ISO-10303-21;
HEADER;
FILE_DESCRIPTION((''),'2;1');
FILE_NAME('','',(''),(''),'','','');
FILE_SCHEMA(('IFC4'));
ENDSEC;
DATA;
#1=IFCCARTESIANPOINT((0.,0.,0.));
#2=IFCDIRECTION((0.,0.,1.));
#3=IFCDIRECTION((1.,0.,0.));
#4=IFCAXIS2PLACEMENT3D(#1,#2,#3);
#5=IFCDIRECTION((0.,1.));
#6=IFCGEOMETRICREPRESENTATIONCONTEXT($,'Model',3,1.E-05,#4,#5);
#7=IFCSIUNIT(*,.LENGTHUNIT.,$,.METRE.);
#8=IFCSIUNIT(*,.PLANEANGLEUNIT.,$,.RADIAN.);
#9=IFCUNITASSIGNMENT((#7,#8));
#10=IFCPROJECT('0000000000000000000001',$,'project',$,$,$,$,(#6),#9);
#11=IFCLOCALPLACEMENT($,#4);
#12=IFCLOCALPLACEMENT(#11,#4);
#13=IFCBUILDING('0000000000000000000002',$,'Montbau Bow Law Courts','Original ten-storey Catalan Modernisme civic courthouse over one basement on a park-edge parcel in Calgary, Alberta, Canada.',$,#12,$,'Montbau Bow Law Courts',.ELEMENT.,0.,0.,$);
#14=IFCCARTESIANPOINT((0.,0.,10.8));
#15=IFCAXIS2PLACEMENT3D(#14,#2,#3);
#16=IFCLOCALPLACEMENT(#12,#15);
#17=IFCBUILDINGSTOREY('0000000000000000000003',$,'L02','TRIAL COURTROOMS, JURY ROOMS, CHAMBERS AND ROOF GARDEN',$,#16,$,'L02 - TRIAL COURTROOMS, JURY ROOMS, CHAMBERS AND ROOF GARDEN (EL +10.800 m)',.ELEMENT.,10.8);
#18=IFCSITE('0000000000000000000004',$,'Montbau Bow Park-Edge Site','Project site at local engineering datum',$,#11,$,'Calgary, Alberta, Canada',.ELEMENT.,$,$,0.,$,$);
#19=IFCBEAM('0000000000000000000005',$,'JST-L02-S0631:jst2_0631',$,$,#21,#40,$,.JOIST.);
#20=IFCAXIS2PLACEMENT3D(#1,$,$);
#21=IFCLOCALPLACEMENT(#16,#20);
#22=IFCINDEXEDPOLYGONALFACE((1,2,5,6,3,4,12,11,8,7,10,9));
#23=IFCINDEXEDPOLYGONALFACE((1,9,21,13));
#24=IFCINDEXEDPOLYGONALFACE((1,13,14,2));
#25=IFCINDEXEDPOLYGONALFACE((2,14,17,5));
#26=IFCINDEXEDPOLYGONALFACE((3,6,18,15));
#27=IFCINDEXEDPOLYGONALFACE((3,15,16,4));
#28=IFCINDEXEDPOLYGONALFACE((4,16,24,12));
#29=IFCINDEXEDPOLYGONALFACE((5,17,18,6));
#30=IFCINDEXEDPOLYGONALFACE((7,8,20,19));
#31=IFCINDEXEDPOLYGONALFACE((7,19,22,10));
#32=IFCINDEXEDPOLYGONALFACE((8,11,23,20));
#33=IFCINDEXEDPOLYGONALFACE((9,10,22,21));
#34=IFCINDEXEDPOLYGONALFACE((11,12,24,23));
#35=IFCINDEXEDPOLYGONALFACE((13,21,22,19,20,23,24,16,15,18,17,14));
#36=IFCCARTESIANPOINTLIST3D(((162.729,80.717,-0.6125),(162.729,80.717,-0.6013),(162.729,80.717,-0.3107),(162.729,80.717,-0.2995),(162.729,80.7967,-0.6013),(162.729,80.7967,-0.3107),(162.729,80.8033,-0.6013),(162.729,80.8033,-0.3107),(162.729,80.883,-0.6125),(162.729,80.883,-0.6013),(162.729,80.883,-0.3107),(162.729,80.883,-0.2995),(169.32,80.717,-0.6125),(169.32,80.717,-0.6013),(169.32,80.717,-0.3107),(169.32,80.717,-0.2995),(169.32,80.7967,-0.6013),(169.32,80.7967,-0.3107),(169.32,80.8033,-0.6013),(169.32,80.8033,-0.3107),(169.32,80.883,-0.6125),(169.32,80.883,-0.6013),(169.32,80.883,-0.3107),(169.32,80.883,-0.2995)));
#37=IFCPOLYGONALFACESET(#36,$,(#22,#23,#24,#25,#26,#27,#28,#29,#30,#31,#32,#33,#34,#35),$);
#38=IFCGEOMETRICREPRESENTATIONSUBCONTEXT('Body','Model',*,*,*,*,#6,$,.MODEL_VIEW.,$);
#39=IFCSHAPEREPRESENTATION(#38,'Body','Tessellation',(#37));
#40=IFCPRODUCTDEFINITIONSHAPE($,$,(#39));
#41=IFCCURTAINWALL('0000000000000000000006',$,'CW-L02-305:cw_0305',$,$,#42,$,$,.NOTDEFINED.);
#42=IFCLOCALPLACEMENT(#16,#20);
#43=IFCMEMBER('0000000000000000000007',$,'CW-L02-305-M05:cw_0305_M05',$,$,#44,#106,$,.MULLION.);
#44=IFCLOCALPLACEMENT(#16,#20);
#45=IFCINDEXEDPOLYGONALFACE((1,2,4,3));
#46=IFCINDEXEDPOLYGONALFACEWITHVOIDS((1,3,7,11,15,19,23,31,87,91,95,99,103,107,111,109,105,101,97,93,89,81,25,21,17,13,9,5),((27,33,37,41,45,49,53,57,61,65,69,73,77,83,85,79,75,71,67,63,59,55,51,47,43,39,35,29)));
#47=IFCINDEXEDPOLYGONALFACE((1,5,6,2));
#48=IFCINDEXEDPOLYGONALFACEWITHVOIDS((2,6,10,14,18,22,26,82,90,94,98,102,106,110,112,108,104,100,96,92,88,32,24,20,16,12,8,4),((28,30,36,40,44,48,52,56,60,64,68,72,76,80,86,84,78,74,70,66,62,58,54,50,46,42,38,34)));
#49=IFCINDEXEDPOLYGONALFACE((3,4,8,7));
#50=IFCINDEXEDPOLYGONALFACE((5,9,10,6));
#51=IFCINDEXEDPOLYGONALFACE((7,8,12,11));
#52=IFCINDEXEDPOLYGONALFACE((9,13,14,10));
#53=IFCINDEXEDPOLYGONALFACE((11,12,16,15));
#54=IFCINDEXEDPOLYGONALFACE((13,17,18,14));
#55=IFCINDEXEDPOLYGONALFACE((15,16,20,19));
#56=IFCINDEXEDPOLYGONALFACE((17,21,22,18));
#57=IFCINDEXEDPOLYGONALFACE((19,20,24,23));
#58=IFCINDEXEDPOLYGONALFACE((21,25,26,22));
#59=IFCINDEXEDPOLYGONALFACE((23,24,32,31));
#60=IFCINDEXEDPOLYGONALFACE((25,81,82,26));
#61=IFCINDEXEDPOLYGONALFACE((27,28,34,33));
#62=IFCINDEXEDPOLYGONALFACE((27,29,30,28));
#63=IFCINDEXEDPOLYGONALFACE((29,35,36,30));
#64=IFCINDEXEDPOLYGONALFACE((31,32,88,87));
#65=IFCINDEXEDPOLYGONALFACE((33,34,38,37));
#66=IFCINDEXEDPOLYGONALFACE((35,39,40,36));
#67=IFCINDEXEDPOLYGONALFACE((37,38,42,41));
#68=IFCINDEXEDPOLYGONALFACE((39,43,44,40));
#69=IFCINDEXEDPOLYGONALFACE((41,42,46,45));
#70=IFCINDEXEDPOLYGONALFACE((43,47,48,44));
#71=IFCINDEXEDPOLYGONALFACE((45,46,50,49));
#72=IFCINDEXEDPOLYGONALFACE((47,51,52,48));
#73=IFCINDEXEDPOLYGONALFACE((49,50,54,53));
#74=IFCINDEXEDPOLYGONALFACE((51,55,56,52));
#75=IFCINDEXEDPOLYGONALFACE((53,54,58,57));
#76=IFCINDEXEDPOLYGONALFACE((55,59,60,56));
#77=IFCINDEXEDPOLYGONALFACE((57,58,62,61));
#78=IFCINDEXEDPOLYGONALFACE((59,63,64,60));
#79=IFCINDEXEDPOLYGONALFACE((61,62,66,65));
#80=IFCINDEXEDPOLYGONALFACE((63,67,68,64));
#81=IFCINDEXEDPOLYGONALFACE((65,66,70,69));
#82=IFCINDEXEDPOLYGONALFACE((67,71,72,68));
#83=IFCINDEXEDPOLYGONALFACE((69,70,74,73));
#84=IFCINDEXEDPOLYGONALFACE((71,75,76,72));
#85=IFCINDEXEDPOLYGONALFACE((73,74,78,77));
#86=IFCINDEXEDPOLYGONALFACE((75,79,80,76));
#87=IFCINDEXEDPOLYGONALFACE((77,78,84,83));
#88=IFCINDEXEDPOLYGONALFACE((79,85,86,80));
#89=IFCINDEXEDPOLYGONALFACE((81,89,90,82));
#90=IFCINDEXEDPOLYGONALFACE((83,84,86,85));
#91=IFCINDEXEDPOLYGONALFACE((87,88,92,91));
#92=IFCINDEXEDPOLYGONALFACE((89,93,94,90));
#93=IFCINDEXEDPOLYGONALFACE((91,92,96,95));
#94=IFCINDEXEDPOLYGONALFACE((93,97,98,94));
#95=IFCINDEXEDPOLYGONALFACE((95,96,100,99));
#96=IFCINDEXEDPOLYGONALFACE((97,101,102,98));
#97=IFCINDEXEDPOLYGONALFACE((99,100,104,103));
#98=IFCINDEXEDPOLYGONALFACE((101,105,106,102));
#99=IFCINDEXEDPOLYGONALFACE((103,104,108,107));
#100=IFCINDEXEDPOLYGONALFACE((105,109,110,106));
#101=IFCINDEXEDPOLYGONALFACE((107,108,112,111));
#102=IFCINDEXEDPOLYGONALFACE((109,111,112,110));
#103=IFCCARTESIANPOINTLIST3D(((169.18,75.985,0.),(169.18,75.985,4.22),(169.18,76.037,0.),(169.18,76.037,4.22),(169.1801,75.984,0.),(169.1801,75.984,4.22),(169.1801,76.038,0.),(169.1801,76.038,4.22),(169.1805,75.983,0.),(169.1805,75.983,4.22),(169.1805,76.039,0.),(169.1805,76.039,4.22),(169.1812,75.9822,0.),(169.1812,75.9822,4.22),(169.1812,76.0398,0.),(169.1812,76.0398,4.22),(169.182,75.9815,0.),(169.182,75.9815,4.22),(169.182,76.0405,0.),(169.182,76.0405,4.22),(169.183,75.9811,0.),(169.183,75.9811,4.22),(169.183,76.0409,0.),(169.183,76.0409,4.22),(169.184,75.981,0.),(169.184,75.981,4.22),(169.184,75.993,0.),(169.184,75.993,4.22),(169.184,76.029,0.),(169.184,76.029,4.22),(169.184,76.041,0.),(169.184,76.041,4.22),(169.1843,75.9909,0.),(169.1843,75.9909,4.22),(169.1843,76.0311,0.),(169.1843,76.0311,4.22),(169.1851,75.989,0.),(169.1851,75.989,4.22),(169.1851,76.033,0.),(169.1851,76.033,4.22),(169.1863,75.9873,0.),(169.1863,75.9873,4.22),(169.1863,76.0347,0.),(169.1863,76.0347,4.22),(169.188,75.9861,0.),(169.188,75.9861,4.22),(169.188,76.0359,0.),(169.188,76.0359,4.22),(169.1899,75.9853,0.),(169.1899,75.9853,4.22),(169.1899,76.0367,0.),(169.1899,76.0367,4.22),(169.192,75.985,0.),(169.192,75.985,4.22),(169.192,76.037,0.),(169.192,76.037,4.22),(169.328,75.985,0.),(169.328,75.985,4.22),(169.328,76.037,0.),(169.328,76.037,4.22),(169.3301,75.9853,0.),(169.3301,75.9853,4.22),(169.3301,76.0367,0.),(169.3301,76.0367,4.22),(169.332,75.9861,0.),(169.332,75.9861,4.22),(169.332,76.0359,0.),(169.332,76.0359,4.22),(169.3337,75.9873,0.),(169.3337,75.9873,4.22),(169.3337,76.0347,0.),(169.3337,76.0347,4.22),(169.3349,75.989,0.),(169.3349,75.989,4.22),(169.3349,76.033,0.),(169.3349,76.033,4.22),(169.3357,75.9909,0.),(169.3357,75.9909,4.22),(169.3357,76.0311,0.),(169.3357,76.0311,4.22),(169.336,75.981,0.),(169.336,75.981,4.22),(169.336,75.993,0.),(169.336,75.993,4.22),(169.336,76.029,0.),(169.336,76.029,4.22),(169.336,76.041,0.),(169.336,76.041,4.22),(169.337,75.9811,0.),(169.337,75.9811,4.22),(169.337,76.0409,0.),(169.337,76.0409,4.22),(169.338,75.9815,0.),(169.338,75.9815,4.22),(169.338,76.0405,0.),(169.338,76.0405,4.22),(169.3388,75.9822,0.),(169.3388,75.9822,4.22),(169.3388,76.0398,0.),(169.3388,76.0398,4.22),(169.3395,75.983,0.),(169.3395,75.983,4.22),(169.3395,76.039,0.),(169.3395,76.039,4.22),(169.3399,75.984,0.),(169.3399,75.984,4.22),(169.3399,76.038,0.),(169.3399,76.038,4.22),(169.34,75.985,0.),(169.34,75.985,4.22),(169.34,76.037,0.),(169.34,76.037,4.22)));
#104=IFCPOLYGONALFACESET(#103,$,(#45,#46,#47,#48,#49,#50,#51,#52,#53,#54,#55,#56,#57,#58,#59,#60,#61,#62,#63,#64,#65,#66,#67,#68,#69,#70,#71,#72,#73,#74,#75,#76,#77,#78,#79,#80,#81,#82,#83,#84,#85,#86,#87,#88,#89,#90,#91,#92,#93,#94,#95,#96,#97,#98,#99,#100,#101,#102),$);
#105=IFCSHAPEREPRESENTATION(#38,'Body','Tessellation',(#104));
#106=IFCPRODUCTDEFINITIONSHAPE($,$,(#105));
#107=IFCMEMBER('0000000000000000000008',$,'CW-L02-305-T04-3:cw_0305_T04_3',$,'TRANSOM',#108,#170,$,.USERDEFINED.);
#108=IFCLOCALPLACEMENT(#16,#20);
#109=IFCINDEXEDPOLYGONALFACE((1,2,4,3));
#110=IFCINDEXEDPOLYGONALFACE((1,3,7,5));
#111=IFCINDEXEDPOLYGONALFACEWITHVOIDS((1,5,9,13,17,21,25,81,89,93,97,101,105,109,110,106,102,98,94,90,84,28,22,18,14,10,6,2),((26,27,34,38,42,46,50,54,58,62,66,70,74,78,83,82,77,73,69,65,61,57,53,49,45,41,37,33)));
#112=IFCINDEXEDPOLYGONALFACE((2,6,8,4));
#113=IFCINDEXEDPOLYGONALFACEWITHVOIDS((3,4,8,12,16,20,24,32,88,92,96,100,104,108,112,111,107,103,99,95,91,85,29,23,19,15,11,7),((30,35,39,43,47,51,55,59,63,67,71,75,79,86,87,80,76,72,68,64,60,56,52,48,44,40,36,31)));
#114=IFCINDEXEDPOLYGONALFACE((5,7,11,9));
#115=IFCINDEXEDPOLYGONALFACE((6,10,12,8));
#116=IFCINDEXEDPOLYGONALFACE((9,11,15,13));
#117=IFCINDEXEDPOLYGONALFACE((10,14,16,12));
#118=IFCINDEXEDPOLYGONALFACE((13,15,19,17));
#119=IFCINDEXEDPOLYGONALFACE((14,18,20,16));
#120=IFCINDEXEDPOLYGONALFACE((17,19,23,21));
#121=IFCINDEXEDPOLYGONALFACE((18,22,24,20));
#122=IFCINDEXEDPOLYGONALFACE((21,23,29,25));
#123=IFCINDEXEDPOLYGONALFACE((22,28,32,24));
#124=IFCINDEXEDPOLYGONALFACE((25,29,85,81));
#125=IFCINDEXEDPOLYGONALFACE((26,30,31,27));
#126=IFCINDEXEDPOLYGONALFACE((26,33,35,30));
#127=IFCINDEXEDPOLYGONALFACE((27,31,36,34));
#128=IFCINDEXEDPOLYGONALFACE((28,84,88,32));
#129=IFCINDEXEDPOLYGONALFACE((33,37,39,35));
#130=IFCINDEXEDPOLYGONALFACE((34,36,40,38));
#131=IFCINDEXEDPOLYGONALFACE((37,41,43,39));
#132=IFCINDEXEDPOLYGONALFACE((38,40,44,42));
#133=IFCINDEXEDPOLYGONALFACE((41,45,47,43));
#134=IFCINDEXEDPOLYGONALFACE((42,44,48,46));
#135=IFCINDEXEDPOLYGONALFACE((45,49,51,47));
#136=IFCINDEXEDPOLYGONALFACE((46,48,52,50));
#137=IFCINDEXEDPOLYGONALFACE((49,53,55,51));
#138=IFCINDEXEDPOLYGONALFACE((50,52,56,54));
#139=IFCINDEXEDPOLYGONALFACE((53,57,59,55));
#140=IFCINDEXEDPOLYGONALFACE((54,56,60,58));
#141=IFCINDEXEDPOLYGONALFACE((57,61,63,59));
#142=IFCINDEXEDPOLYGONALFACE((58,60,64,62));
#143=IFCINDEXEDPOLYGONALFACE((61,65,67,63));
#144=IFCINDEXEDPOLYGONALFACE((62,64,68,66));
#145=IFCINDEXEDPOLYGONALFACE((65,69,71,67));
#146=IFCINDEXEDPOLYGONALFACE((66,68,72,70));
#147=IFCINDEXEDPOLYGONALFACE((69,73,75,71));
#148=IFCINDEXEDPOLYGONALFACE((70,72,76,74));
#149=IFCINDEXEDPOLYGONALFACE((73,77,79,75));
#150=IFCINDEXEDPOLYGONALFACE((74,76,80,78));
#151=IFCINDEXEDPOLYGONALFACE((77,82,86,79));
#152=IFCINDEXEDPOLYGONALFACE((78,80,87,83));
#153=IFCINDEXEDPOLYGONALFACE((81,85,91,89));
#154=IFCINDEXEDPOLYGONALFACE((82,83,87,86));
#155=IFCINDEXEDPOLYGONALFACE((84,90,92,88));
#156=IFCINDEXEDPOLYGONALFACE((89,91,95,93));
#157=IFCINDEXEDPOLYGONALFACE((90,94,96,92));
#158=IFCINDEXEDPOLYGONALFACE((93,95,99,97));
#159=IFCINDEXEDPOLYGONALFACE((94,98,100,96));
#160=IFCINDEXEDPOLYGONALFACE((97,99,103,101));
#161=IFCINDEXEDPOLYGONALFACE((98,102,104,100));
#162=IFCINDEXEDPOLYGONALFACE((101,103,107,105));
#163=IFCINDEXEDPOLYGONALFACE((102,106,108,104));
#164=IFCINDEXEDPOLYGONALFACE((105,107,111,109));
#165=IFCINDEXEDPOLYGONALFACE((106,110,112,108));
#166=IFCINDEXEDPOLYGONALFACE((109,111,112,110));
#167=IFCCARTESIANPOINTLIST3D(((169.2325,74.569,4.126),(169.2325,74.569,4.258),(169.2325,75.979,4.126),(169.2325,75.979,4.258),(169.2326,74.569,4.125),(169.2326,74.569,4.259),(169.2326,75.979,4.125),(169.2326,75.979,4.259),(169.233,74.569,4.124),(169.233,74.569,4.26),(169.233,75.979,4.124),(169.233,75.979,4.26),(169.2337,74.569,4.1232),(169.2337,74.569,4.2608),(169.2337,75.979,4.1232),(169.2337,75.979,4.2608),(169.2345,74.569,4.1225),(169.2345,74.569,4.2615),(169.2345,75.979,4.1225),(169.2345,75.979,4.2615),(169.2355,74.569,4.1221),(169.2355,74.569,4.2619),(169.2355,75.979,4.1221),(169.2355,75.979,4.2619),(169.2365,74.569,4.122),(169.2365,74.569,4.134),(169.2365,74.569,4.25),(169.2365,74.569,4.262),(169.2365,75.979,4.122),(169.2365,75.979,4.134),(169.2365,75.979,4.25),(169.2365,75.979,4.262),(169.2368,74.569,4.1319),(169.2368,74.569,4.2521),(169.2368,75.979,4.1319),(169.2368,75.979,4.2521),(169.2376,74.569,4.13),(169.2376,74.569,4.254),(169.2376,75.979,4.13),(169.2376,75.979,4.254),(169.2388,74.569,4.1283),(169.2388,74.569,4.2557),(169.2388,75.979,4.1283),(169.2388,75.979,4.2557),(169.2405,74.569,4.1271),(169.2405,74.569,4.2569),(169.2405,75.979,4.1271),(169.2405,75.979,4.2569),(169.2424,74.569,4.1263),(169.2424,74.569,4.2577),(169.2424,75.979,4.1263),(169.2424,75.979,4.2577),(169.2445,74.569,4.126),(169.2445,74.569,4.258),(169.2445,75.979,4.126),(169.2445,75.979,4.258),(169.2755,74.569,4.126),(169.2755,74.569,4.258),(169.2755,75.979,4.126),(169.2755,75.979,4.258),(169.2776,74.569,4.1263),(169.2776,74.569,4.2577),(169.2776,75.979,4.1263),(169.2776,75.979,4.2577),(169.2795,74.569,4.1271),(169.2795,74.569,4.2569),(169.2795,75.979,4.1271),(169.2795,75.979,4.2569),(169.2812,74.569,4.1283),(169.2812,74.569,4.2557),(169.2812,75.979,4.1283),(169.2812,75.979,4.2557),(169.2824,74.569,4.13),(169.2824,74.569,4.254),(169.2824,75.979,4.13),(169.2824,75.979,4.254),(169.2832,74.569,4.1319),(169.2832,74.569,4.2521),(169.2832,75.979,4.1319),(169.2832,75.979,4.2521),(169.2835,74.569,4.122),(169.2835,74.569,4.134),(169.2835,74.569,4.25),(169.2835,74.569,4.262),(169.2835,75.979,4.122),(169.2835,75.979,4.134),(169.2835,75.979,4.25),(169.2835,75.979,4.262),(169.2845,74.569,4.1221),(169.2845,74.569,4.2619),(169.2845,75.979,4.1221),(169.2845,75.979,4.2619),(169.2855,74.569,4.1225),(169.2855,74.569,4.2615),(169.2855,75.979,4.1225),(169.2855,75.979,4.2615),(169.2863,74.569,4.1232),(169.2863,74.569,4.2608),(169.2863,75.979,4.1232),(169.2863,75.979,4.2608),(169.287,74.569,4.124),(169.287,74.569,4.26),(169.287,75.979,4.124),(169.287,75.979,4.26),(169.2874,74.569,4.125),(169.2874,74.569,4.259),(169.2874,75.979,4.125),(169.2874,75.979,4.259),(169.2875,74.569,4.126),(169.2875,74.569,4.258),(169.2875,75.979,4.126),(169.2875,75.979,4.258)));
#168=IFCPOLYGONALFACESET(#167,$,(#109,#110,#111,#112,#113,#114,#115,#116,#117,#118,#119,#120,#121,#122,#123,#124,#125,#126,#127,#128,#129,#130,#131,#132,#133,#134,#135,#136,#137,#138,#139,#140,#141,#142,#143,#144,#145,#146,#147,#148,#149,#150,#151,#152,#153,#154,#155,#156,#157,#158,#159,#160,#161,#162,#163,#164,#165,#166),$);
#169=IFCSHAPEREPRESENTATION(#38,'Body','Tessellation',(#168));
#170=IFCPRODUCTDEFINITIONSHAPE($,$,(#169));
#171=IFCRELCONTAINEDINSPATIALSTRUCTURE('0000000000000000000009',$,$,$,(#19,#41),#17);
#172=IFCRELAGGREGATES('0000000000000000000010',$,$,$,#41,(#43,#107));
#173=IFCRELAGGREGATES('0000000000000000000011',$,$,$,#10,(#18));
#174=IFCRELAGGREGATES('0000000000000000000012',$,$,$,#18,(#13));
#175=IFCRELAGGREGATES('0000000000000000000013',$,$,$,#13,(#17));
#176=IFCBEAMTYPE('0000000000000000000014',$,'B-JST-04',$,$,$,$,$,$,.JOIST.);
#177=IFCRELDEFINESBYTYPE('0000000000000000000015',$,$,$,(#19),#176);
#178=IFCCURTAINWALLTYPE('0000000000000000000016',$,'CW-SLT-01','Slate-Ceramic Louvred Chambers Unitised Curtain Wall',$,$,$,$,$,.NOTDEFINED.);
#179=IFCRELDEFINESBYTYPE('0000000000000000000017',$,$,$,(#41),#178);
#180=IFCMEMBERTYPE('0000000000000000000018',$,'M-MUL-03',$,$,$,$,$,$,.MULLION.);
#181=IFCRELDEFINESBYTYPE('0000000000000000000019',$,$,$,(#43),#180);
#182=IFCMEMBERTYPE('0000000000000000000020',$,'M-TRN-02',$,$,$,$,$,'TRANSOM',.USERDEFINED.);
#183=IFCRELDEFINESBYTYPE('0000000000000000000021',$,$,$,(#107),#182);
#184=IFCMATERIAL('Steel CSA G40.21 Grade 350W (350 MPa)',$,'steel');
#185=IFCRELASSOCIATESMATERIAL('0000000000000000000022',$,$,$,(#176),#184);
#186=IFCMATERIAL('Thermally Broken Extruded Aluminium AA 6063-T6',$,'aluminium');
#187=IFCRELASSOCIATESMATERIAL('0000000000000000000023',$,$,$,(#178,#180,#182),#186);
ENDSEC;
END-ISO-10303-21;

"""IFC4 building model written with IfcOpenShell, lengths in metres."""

from ifc_helpers import new_model, si_unit, direction, frame, origin_with_axes, origin_2d_with_axis, place, context, subcontext, project, spatial, hollow_rectangle, i_section, extrude, material, material_profile, profile_set, type_object, element, aggregate, save


model = new_model("IFC4")

# Units and contexts
model_context = context("Model", 3, precision=1e-05, world=origin_with_axes(), true_north=direction((0.0, 1.0)))
body_context = subcontext(model_context, "Body", "Model", "MODEL_VIEW")
ifc_project = project(units=[si_unit("LENGTHUNIT", "METRE"), si_unit("PLANEANGLEUNIT", "RADIAN")], contexts=[model_context])

# Site, building, storey
site_placement = place(None, origin_with_axes())
site = spatial("IfcSite", under=ifc_project, at=site_placement, Name="Montbau Bow Park-Edge Site", Description="Project site at local engineering datum", LongName="Calgary, Alberta, Canada", CompositionType="ELEMENT", RefElevation=0.0)
building_placement = place(site_placement, origin_with_axes())
building = spatial("IfcBuilding", under=site, at=building_placement, Name="Montbau Bow Law Courts", Description="Original ten-storey Catalan Modernisme civic courthouse over one basement on a park-edge parcel in Calgary, Alberta, Canada.", LongName="Montbau Bow Law Courts", CompositionType="ELEMENT", ElevationOfRefHeight=0.0, ElevationOfTerrain=0.0)
storey_placement = place(building_placement, frame((0.0, 0.0, 10.8), z_axis=(0.0, 0.0, 1.0), x_axis=(1.0, 0.0, 0.0)))
storey = spatial("IfcBuildingStorey", under=building, at=storey_placement, Name="L02", Description="TRIAL COURTROOMS, JURY ROOMS, CHAMBERS AND ROOF GARDEN", LongName="L02 - TRIAL COURTROOMS, JURY ROOMS, CHAMBERS AND ROOF GARDEN (EL +10.800 m)", CompositionType="ELEMENT", Elevation=10.8)

# Shared definitions
ifc_material_1 = material(Name="Steel CSA G40.21 Grade 350W (350 MPa)", Category="steel")

# Beam
ifc_material_profile_1 = material_profile(ifc_material_1, i_section(OverallWidth=0.166, OverallDepth=0.313, WebThickness=0.0066, FlangeThickness=0.0112, at=origin_2d_with_axis()), Name="W310X45", Category="Main", Priority=0)
ifc_profile_set_1 = profile_set([ifc_material_profile_1], Name="Steel CSA G40.21 Grade 350W (350 MPa)")
beam_type_1 = type_object("IfcBeamType", Name="B-JST-04", PredefinedType="JOIST", material=ifc_profile_set_1)
beam_1_placement = place(None, frame((162.729, 80.8, 10.344), z_axis=(1.0, 0.0, 0.0), x_axis=(0.0, 1.0, 0.0)))
element("IfcBeam", 1, at=beam_1_placement, inside=storey, type_object=beam_type_1, Name="JST-L02-S0631:jst2_0631", PredefinedType="JOIST", context=body_context, shape_type="SweptSolid", body=[
    extrude(i_section(OverallWidth=0.166, OverallDepth=0.313, WebThickness=0.0066, FlangeThickness=0.0112, at=origin_2d_with_axis()), origin_with_axes(), (0.0, 0.0, 1.0), 6.591),
])

# Curtain wall, members
ifc_material_2 = material(Name="Thermally Broken Extruded Aluminium AA 6063-T6", Category="aluminium")
curtain_wall_type = type_object("IfcCurtainWallType", Name="CW-SLT-01", Description="Slate-Ceramic Louvred Chambers Unitised Curtain Wall", PredefinedType="NOTDEFINED", material=ifc_material_2)
curtain_wall_placement = place(None, frame((169.26, 70.115, 10.8), z_axis=(0.0, 0.0, 1.0), x_axis=(1.0, 0.0, 0.0)))
curtain_wall = element("IfcCurtainWall", 2, at=curtain_wall_placement, inside=storey, type_object=curtain_wall_type, Name="CW-L02-305:cw_0305", PredefinedType="NOTDEFINED")
ifc_material_profile_2 = material_profile(ifc_material_2, hollow_rectangle(XDim=0.06, YDim=0.16, WallThickness=0.004, InnerFilletRadius=0.008, OuterFilletRadius=0.004, at=origin_2d_with_axis()), Name="CWM-160X60", Category="Main", Priority=0)
ifc_profile_set_2 = profile_set([ifc_material_profile_2], Name="Thermally Broken Extruded Aluminium AA 6063-T6")
member_type_1 = type_object("IfcMemberType", Name="M-MUL-03", PredefinedType="MULLION", material=ifc_profile_set_2)
member_1_placement = place(None, frame((169.26, 76.011, 10.8), z_axis=(0.0, 0.0, 1.0), x_axis=(0.0, 1.0, 0.0)))
member_1 = element("IfcMember", 3, at=member_1_placement, type_object=member_type_1, Name="CW-L02-305-M05:cw_0305_M05", PredefinedType="MULLION", context=body_context, shape_type="SweptSolid", body=[
    extrude(hollow_rectangle(XDim=0.06, YDim=0.16, WallThickness=0.004, InnerFilletRadius=0.008, OuterFilletRadius=0.004, at=origin_2d_with_axis()), origin_with_axes(), (0.0, 0.0, 1.0), 4.22),
])
ifc_material_profile_3 = material_profile(ifc_material_2, hollow_rectangle(XDim=0.055, YDim=0.14, WallThickness=0.004, InnerFilletRadius=0.008, OuterFilletRadius=0.004, at=origin_2d_with_axis()), Name="CWT-140X55", Category="Main", Priority=0)
ifc_profile_set_3 = profile_set([ifc_material_profile_3], Name="Thermally Broken Extruded Aluminium AA 6063-T6")
member_type_2 = type_object("IfcMemberType", Name="M-TRN-02", ElementType="TRANSOM", PredefinedType="USERDEFINED", material=ifc_profile_set_3)
member_2_placement = place(None, frame((169.26, 74.569, 14.992), z_axis=(0.0, 1.0, 0.0), x_axis=(-1.0, 0.0, 0.0)))
member_2 = element("IfcMember", 4, at=member_2_placement, type_object=member_type_2, Name="CW-L02-305-T04-3:cw_0305_T04_3", ObjectType="TRANSOM", PredefinedType="USERDEFINED", context=body_context, shape_type="SweptSolid", body=[
    extrude(hollow_rectangle(XDim=0.055, YDim=0.14, WallThickness=0.004, InnerFilletRadius=0.008, OuterFilletRadius=0.004, at=origin_2d_with_axis()), origin_with_axes(), (0.0, 0.0, 1.0), 1.41),
])
aggregate(curtain_wall, [member_1, member_2])

save(model, "model.ifc")
